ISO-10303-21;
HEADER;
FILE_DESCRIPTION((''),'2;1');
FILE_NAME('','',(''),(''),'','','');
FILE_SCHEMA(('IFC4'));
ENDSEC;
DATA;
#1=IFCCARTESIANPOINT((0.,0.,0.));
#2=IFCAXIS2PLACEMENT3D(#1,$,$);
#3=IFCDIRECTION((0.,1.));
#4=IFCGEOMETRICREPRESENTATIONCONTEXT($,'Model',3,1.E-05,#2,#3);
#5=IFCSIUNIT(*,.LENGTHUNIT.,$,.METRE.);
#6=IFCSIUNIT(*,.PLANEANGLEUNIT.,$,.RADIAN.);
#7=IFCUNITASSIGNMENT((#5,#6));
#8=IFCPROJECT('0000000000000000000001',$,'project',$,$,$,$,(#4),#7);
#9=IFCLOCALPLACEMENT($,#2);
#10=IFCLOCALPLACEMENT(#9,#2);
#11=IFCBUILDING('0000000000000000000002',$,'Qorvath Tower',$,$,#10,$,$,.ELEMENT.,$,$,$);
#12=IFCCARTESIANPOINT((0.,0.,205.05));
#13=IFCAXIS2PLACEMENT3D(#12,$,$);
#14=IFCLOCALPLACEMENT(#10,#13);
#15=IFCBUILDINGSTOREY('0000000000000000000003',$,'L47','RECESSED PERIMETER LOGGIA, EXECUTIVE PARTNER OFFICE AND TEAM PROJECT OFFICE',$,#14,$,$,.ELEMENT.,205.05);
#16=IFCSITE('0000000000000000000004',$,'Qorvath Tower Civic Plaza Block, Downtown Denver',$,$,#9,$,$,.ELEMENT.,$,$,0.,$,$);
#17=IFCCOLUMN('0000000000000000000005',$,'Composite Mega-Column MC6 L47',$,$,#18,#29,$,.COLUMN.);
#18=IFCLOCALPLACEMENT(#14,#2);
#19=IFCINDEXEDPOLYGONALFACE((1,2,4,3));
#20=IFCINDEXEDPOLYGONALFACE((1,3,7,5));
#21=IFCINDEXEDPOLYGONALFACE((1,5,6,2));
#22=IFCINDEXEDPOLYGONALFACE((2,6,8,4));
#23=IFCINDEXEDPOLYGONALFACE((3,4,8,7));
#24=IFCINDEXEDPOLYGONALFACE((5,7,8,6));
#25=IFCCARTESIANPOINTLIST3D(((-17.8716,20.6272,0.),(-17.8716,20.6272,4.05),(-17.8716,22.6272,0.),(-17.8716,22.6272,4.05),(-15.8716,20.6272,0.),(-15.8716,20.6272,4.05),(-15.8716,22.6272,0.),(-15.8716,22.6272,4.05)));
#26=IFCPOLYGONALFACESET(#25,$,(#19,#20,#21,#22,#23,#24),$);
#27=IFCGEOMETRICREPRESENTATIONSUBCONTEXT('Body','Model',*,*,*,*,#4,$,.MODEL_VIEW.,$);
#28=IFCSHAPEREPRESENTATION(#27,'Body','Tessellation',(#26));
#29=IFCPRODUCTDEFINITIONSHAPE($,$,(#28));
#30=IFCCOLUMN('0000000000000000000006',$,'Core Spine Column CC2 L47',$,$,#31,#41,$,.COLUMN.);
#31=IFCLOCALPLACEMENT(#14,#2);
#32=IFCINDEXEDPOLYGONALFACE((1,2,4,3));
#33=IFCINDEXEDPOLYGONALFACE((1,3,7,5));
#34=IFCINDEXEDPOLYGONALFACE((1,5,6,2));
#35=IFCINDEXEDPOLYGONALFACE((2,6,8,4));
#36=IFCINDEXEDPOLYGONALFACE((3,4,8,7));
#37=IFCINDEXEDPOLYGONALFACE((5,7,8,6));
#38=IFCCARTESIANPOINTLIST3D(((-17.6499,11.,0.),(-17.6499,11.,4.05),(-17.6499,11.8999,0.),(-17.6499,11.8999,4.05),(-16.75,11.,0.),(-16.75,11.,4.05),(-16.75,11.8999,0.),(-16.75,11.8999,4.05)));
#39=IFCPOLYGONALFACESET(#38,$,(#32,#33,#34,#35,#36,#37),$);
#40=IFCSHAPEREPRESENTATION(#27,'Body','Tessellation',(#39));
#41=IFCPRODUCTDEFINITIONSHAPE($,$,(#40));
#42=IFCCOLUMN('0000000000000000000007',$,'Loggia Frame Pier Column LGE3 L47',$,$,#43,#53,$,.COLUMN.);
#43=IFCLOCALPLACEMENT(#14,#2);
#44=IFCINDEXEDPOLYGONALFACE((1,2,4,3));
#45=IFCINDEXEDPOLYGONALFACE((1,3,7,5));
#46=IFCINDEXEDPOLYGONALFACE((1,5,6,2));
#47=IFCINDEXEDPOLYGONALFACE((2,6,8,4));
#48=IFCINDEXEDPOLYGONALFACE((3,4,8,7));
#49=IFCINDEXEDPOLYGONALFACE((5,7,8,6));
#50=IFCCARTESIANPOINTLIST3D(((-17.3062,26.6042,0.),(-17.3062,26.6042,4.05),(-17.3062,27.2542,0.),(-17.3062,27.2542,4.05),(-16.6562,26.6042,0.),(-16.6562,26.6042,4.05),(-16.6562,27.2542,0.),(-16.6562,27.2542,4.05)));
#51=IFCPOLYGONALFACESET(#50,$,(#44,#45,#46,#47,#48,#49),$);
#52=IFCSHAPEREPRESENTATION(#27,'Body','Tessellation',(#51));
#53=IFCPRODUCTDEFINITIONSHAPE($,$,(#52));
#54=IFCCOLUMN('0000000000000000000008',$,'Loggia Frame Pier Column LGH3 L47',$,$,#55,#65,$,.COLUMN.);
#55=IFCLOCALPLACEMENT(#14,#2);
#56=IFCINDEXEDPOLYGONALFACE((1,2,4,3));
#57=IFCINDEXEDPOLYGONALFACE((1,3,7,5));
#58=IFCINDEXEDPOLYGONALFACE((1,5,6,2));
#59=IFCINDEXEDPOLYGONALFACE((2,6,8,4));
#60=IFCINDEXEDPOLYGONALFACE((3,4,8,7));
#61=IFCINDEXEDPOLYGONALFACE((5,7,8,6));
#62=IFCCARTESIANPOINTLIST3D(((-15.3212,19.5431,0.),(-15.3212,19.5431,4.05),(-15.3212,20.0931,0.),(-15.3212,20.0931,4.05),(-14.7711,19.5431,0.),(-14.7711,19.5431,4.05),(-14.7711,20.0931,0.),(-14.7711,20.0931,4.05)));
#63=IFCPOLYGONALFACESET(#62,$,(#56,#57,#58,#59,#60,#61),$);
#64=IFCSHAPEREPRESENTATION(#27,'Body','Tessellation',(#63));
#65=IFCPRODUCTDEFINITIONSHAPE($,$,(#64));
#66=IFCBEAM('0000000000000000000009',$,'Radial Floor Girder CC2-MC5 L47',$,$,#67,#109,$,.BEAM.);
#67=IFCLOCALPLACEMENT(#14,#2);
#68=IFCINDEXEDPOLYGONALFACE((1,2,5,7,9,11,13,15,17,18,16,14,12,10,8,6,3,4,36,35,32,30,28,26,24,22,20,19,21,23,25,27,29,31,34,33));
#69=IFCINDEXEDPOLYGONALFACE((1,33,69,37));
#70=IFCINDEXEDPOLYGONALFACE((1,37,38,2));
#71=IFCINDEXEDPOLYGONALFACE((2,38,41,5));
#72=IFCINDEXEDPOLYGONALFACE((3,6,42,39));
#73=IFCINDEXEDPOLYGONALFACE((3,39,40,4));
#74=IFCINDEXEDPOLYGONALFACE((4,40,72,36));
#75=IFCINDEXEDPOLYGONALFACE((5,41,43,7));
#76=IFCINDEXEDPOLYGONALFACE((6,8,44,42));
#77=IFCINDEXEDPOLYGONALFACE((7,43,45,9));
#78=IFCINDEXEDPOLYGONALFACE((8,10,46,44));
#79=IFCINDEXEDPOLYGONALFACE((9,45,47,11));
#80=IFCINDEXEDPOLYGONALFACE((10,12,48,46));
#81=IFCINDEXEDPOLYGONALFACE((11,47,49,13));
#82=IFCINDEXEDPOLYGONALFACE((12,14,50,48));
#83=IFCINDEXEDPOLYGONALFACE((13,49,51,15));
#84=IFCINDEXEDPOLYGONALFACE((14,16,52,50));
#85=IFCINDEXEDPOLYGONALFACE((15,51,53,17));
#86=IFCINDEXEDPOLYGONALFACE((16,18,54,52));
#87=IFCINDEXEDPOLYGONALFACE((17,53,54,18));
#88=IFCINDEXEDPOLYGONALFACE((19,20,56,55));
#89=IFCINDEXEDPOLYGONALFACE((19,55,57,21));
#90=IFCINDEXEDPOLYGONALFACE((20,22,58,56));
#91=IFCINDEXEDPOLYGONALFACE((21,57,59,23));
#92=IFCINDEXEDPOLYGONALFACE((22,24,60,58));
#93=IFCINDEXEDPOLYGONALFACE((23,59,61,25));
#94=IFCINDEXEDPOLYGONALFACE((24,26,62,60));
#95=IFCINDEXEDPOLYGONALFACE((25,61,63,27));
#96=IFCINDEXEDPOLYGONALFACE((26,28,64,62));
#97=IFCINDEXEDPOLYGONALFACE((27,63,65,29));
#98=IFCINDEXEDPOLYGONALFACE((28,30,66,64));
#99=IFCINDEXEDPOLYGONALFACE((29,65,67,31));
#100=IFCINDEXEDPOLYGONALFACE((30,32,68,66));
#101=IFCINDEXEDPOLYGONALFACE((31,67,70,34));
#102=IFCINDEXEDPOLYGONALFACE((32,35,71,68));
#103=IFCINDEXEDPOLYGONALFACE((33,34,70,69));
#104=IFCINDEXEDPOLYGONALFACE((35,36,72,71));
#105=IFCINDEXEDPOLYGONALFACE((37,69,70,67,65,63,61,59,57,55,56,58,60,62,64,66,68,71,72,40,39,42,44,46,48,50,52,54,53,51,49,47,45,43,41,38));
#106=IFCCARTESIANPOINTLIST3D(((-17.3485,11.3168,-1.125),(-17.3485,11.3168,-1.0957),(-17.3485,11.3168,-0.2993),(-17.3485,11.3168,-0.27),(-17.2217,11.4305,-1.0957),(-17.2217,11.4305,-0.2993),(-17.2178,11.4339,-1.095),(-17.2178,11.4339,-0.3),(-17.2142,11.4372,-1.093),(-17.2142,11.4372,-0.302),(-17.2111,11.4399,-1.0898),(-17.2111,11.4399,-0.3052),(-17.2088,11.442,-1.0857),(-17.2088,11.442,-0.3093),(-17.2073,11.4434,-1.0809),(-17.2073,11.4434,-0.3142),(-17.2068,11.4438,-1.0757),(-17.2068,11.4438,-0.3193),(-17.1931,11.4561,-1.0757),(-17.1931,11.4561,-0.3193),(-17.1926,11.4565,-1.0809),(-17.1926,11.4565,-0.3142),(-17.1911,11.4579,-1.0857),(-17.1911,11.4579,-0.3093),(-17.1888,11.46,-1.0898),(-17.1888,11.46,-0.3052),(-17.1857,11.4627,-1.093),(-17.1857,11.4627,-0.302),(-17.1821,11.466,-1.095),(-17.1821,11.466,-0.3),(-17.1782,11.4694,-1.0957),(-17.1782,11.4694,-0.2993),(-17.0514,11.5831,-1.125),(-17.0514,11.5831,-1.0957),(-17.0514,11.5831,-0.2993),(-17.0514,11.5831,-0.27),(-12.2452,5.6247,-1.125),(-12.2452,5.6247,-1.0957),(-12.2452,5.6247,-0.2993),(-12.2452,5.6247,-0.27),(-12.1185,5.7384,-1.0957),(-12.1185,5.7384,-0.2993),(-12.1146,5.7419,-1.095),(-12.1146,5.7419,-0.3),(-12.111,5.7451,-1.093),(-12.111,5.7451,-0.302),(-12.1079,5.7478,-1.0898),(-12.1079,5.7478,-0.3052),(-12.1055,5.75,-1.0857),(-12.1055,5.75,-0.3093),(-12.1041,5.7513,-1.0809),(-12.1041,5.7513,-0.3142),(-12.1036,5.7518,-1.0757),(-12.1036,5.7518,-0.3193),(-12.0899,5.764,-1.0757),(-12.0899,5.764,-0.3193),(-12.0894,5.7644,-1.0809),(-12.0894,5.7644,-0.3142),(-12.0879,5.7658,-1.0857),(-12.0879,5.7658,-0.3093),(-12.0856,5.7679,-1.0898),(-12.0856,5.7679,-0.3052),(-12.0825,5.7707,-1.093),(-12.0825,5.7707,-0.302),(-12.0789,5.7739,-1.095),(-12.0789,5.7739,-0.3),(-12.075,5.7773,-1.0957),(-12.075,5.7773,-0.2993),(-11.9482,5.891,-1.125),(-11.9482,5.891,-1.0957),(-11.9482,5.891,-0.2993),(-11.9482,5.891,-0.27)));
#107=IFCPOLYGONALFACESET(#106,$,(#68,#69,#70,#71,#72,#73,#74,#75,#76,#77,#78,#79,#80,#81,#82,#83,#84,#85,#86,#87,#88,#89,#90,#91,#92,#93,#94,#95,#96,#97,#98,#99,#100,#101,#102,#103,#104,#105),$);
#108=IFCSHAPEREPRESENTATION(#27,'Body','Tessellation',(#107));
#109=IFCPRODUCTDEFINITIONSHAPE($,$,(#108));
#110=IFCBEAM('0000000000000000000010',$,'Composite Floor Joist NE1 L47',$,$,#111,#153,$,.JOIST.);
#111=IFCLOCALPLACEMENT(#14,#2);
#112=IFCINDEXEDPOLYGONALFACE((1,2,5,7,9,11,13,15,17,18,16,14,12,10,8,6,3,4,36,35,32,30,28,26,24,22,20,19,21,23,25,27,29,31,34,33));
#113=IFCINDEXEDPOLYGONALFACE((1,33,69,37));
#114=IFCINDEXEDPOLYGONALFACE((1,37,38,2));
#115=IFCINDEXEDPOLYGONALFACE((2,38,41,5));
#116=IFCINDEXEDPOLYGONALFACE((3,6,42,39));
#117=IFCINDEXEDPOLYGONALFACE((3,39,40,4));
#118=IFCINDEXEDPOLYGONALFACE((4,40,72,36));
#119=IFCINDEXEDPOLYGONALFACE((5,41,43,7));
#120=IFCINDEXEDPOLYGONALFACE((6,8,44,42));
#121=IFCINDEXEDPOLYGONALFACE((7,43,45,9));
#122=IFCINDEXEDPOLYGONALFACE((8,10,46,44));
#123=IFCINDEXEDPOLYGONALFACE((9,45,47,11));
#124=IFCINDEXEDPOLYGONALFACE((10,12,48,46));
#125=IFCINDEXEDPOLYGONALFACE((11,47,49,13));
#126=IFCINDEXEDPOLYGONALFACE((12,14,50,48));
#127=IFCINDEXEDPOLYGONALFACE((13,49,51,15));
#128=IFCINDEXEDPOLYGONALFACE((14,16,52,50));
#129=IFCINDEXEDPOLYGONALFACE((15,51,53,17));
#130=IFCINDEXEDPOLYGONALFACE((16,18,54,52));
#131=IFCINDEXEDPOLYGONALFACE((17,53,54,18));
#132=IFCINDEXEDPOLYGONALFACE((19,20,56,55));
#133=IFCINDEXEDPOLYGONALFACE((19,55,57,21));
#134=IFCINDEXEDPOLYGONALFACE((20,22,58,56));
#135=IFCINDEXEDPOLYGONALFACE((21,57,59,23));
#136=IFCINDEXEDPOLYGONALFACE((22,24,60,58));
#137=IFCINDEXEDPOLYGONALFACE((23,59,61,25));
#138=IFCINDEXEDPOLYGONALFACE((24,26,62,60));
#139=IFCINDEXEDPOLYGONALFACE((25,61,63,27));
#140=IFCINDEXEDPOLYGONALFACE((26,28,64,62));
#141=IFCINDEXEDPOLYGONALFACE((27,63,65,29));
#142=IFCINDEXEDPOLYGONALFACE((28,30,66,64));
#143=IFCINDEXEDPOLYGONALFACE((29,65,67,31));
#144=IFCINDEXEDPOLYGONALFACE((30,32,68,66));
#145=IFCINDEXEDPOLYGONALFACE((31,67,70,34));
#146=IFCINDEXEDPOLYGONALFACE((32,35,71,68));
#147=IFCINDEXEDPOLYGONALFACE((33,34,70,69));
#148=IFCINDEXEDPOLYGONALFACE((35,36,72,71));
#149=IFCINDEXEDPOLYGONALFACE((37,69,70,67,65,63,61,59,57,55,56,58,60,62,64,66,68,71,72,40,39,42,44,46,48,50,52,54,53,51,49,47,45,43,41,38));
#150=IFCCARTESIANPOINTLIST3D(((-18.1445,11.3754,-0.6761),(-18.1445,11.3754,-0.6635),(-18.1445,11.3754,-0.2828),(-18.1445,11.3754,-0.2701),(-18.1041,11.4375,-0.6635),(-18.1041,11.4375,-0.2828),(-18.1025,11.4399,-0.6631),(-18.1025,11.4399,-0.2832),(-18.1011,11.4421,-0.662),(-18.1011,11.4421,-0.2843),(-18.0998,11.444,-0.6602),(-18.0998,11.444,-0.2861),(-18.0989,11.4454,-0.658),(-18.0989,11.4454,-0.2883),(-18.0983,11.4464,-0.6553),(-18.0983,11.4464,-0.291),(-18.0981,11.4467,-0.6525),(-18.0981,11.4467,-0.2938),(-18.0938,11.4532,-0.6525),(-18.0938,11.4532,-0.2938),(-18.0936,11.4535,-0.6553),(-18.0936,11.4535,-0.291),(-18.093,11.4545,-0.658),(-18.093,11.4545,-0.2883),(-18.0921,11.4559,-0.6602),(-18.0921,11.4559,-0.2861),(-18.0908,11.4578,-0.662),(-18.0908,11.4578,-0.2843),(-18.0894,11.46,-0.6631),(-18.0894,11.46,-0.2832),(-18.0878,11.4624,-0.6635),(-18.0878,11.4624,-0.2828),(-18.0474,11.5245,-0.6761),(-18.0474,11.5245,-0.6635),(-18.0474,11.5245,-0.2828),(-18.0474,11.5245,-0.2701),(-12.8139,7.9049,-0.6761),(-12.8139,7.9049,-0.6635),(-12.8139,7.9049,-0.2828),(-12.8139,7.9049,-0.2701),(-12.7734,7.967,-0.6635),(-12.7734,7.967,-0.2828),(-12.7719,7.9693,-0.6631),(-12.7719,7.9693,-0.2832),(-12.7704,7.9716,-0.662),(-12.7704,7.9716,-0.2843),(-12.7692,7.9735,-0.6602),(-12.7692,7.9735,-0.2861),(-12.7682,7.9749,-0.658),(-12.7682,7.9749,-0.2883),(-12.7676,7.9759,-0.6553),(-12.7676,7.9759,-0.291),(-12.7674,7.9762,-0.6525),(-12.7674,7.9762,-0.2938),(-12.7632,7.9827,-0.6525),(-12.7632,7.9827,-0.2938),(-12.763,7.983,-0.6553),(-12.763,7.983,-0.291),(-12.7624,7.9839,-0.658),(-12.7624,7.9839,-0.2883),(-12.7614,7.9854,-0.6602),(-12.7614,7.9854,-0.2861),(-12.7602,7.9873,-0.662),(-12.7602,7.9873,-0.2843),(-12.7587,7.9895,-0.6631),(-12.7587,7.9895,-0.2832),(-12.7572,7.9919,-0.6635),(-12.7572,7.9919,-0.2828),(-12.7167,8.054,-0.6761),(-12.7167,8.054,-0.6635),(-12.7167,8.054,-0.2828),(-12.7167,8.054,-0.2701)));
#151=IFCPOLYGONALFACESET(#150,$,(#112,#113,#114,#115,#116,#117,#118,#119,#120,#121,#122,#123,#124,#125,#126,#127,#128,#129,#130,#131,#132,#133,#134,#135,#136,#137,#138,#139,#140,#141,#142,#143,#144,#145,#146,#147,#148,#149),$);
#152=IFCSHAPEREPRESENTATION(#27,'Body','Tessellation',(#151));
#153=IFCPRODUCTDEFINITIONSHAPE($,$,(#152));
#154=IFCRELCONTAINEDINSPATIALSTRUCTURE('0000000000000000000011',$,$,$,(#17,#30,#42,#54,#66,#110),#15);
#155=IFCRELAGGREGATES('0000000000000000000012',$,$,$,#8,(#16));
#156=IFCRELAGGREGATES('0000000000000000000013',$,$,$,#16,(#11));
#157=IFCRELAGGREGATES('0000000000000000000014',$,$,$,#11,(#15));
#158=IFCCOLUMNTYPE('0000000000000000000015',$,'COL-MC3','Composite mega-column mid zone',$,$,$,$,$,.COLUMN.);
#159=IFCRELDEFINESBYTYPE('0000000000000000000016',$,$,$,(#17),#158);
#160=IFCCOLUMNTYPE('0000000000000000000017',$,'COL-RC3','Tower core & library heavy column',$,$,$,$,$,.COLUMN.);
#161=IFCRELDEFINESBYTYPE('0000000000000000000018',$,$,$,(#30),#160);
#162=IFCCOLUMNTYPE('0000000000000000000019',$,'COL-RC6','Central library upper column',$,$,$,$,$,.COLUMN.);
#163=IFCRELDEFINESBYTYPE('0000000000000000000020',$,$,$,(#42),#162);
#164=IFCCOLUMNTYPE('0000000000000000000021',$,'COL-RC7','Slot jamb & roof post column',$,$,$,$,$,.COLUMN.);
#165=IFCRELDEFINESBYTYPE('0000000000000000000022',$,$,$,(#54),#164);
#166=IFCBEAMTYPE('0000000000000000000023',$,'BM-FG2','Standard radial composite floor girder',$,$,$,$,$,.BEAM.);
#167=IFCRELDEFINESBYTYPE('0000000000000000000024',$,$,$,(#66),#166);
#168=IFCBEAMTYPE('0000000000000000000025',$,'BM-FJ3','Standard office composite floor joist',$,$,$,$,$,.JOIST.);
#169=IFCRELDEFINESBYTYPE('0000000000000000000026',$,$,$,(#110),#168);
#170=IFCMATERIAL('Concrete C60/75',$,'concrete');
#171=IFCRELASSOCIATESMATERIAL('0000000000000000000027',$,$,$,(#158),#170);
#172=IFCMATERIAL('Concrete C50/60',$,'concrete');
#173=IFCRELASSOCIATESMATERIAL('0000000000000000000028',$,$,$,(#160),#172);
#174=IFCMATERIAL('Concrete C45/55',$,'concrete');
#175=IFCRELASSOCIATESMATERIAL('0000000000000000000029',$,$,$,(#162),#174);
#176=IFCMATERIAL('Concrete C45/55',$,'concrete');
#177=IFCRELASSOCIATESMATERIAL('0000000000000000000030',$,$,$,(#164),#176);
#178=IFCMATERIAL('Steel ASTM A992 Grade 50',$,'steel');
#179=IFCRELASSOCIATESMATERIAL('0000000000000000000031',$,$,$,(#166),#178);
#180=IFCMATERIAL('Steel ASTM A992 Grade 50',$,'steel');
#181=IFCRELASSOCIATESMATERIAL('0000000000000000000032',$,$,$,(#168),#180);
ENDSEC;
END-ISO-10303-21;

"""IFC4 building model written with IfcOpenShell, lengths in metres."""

from ifc_helpers import new_model, si_unit, direction, frame, origin, origin_2d, place, context, subcontext, project, spatial, rectangle, i_section, extrude, material, material_profile, profile_set, type_object, element, save


model = new_model("IFC4")

# Units and contexts
model_context = context("Model", 3, precision=1e-05, world=origin(), true_north=direction((0.0, 1.0)))
body_context = subcontext(model_context, "Body", "Model", "MODEL_VIEW")
ifc_project = project(units=[si_unit("LENGTHUNIT", "METRE"), si_unit("PLANEANGLEUNIT", "RADIAN")], contexts=[model_context])

# Site, building, storey
site_placement = place(None, origin())
site = spatial("IfcSite", under=ifc_project, at=site_placement, Name="Qorvath Tower Civic Plaza Block, Downtown Denver", CompositionType="ELEMENT", RefElevation=0.0)
building_placement = place(site_placement, origin())
building = spatial("IfcBuilding", under=site, at=building_placement, Name="Qorvath Tower", CompositionType="ELEMENT")
storey_placement = place(building_placement, frame((0.0, 0.0, 205.05)))
storey = spatial("IfcBuildingStorey", under=building, at=storey_placement, Name="L47", Description="RECESSED PERIMETER LOGGIA, EXECUTIVE PARTNER OFFICE AND TEAM PROJECT OFFICE", CompositionType="ELEMENT", Elevation=205.05)

# Columns
ifc_material_1 = material(Name="Concrete C60/75", Category="concrete")
ifc_material_profile_1 = material_profile(ifc_material_1, rectangle(XDim=2.0, YDim=2.0, at=origin_2d()), Name="MC 2000x2000")
ifc_profile_set_1 = profile_set([ifc_material_profile_1], Name="Concrete C60/75")
column_type_1 = type_object("IfcColumnType", Name="COL-MC3", Description="Composite mega-column mid zone", PredefinedType="COLUMN", material=ifc_profile_set_1)
column_1_placement = place(storey_placement, frame((-16.8716, 21.6272, 0.0), z_axis=(0.0, 0.0, 1.0), x_axis=(1.0, 0.0, 0.0)))
element("IfcColumn", 1, at=column_1_placement, inside=storey, type_object=column_type_1, Name="Composite Mega-Column MC6 L47", PredefinedType="COLUMN", context=body_context, shape_type="SweptSolid", body=[
    extrude(rectangle(XDim=2.0, YDim=2.0, at=origin_2d()), origin(), (0.0, 0.0, 1.0), 4.05),
])
ifc_material_2 = material(Name="Concrete C50/60", Category="concrete")
ifc_material_profile_2 = material_profile(ifc_material_2, rectangle(XDim=0.8999, YDim=0.8999, at=origin_2d()), Name="RC 900x900")
ifc_profile_set_2 = profile_set([ifc_material_profile_2], Name="Concrete C50/60")
column_type_2 = type_object("IfcColumnType", Name="COL-RC3", Description="Tower core & library heavy column", PredefinedType="COLUMN", material=ifc_profile_set_2)
column_2_placement = place(storey_placement, frame((-17.2, 11.45, 0.0), z_axis=(0.0, 0.0, 1.0), x_axis=(1.0, 0.0, 0.0)))
element("IfcColumn", 2, at=column_2_placement, inside=storey, type_object=column_type_2, Name="Core Spine Column CC2 L47", PredefinedType="COLUMN", context=body_context, shape_type="SweptSolid", body=[
    extrude(rectangle(XDim=0.8999, YDim=0.8999, at=origin_2d()), origin(), (0.0, 0.0, 1.0), 4.05),
])
ifc_material_3 = material(Name="Concrete C45/55", Category="concrete")
ifc_material_profile_3 = material_profile(ifc_material_3, rectangle(XDim=0.6499, YDim=0.6499, at=origin_2d()), Name="RC 650x650")
ifc_profile_set_3 = profile_set([ifc_material_profile_3], Name="Concrete C45/55")
column_type_3 = type_object("IfcColumnType", Name="COL-RC6", Description="Central library upper column", PredefinedType="COLUMN", material=ifc_profile_set_3)
column_3_placement = place(storey_placement, frame((-16.9812, 26.9292, 0.0), z_axis=(0.0, 0.0, 1.0), x_axis=(1.0, 0.0, 0.0)))
element("IfcColumn", 3, at=column_3_placement, inside=storey, type_object=column_type_3, Name="Loggia Frame Pier Column LGE3 L47", PredefinedType="COLUMN", context=body_context, shape_type="SweptSolid", body=[
    extrude(rectangle(XDim=0.6499, YDim=0.6499, at=origin_2d()), origin(), (0.0, 0.0, 1.0), 4.05),
])
ifc_material_4 = material(Name="Concrete C45/55", Category="concrete")
ifc_material_profile_4 = material_profile(ifc_material_4, rectangle(XDim=0.55, YDim=0.55, at=origin_2d()), Name="RC 550x550")
ifc_profile_set_4 = profile_set([ifc_material_profile_4], Name="Concrete C45/55")
column_type_4 = type_object("IfcColumnType", Name="COL-RC7", Description="Slot jamb & roof post column", PredefinedType="COLUMN", material=ifc_profile_set_4)
column_4_placement = place(storey_placement, frame((-15.0461, 19.8181, 0.0), z_axis=(0.0, 0.0, 1.0), x_axis=(1.0, 0.0, 0.0)))
element("IfcColumn", 4, at=column_4_placement, inside=storey, type_object=column_type_4, Name="Loggia Frame Pier Column LGH3 L47", PredefinedType="COLUMN", context=body_context, shape_type="SweptSolid", body=[
    extrude(rectangle(XDim=0.55, YDim=0.55, at=origin_2d()), origin(), (0.0, 0.0, 1.0), 4.05),
])

# Beams
ifc_material_5 = material(Name="Steel ASTM A992 Grade 50", Category="steel")
ifc_material_profile_5 = material_profile(ifc_material_5, i_section(OverallWidth=0.3989, OverallDepth=0.855, WebThickness=0.0183, FlangeThickness=0.0293, FilletRadius=0.02, at=origin_2d()), Name="W33x201")
ifc_profile_set_5 = profile_set([ifc_material_profile_5], Name="Steel ASTM A992 Grade 50")
beam_type_1 = type_object("IfcBeamType", Name="BM-FG2", Description="Standard radial composite floor girder", PredefinedType="BEAM", material=ifc_profile_set_5)
beam_1_placement = place(storey_placement, frame((-17.2, 11.45, -0.6975), z_axis=(0.667543, -0.744571, 0.0), x_axis=(0.744571, 0.667543, 0.0)))
element("IfcBeam", 5, at=beam_1_placement, inside=storey, type_object=beam_type_1, Name="Radial Floor Girder CC2-MC5 L47", PredefinedType="BEAM", context=body_context, shape_type="SweptSolid", body=[
    extrude(i_section(OverallWidth=0.3989, OverallDepth=0.855, WebThickness=0.0183, FlangeThickness=0.0293, FilletRadius=0.02, at=origin_2d()), origin(), (0.0, 0.0, 1.0), 7.6448),
])
ifc_material_6 = material(Name="Steel ASTM A992 Grade 50", Category="steel")
ifc_material_profile_6 = material_profile(ifc_material_6, i_section(OverallWidth=0.178, OverallDepth=0.406, WebThickness=0.0078, FlangeThickness=0.0127, FilletRadius=0.011, at=origin_2d()), Name="W16x40")
ifc_profile_set_6 = profile_set([ifc_material_profile_6], Name="Steel ASTM A992 Grade 50")
beam_type_2 = type_object("IfcBeamType", Name="BM-FJ3", Description="Standard office composite floor joist", PredefinedType="JOIST", material=ifc_profile_set_6)
beam_2_placement = place(storey_placement, frame((-18.0959, 11.45, -0.4731), z_axis=(0.838042, -0.545606, 0.0), x_axis=(0.545606, 0.838042, 0.0)))
element("IfcBeam", 6, at=beam_2_placement, inside=storey, type_object=beam_type_2, Name="Composite Floor Joist NE1 L47", PredefinedType="JOIST", context=body_context, shape_type="SweptSolid", body=[
    extrude(i_section(OverallWidth=0.178, OverallDepth=0.406, WebThickness=0.0078, FlangeThickness=0.0127, FilletRadius=0.011, at=origin_2d()), origin(), (0.0, 0.0, 1.0), 6.3608),
])

save(model, "model.ifc")
